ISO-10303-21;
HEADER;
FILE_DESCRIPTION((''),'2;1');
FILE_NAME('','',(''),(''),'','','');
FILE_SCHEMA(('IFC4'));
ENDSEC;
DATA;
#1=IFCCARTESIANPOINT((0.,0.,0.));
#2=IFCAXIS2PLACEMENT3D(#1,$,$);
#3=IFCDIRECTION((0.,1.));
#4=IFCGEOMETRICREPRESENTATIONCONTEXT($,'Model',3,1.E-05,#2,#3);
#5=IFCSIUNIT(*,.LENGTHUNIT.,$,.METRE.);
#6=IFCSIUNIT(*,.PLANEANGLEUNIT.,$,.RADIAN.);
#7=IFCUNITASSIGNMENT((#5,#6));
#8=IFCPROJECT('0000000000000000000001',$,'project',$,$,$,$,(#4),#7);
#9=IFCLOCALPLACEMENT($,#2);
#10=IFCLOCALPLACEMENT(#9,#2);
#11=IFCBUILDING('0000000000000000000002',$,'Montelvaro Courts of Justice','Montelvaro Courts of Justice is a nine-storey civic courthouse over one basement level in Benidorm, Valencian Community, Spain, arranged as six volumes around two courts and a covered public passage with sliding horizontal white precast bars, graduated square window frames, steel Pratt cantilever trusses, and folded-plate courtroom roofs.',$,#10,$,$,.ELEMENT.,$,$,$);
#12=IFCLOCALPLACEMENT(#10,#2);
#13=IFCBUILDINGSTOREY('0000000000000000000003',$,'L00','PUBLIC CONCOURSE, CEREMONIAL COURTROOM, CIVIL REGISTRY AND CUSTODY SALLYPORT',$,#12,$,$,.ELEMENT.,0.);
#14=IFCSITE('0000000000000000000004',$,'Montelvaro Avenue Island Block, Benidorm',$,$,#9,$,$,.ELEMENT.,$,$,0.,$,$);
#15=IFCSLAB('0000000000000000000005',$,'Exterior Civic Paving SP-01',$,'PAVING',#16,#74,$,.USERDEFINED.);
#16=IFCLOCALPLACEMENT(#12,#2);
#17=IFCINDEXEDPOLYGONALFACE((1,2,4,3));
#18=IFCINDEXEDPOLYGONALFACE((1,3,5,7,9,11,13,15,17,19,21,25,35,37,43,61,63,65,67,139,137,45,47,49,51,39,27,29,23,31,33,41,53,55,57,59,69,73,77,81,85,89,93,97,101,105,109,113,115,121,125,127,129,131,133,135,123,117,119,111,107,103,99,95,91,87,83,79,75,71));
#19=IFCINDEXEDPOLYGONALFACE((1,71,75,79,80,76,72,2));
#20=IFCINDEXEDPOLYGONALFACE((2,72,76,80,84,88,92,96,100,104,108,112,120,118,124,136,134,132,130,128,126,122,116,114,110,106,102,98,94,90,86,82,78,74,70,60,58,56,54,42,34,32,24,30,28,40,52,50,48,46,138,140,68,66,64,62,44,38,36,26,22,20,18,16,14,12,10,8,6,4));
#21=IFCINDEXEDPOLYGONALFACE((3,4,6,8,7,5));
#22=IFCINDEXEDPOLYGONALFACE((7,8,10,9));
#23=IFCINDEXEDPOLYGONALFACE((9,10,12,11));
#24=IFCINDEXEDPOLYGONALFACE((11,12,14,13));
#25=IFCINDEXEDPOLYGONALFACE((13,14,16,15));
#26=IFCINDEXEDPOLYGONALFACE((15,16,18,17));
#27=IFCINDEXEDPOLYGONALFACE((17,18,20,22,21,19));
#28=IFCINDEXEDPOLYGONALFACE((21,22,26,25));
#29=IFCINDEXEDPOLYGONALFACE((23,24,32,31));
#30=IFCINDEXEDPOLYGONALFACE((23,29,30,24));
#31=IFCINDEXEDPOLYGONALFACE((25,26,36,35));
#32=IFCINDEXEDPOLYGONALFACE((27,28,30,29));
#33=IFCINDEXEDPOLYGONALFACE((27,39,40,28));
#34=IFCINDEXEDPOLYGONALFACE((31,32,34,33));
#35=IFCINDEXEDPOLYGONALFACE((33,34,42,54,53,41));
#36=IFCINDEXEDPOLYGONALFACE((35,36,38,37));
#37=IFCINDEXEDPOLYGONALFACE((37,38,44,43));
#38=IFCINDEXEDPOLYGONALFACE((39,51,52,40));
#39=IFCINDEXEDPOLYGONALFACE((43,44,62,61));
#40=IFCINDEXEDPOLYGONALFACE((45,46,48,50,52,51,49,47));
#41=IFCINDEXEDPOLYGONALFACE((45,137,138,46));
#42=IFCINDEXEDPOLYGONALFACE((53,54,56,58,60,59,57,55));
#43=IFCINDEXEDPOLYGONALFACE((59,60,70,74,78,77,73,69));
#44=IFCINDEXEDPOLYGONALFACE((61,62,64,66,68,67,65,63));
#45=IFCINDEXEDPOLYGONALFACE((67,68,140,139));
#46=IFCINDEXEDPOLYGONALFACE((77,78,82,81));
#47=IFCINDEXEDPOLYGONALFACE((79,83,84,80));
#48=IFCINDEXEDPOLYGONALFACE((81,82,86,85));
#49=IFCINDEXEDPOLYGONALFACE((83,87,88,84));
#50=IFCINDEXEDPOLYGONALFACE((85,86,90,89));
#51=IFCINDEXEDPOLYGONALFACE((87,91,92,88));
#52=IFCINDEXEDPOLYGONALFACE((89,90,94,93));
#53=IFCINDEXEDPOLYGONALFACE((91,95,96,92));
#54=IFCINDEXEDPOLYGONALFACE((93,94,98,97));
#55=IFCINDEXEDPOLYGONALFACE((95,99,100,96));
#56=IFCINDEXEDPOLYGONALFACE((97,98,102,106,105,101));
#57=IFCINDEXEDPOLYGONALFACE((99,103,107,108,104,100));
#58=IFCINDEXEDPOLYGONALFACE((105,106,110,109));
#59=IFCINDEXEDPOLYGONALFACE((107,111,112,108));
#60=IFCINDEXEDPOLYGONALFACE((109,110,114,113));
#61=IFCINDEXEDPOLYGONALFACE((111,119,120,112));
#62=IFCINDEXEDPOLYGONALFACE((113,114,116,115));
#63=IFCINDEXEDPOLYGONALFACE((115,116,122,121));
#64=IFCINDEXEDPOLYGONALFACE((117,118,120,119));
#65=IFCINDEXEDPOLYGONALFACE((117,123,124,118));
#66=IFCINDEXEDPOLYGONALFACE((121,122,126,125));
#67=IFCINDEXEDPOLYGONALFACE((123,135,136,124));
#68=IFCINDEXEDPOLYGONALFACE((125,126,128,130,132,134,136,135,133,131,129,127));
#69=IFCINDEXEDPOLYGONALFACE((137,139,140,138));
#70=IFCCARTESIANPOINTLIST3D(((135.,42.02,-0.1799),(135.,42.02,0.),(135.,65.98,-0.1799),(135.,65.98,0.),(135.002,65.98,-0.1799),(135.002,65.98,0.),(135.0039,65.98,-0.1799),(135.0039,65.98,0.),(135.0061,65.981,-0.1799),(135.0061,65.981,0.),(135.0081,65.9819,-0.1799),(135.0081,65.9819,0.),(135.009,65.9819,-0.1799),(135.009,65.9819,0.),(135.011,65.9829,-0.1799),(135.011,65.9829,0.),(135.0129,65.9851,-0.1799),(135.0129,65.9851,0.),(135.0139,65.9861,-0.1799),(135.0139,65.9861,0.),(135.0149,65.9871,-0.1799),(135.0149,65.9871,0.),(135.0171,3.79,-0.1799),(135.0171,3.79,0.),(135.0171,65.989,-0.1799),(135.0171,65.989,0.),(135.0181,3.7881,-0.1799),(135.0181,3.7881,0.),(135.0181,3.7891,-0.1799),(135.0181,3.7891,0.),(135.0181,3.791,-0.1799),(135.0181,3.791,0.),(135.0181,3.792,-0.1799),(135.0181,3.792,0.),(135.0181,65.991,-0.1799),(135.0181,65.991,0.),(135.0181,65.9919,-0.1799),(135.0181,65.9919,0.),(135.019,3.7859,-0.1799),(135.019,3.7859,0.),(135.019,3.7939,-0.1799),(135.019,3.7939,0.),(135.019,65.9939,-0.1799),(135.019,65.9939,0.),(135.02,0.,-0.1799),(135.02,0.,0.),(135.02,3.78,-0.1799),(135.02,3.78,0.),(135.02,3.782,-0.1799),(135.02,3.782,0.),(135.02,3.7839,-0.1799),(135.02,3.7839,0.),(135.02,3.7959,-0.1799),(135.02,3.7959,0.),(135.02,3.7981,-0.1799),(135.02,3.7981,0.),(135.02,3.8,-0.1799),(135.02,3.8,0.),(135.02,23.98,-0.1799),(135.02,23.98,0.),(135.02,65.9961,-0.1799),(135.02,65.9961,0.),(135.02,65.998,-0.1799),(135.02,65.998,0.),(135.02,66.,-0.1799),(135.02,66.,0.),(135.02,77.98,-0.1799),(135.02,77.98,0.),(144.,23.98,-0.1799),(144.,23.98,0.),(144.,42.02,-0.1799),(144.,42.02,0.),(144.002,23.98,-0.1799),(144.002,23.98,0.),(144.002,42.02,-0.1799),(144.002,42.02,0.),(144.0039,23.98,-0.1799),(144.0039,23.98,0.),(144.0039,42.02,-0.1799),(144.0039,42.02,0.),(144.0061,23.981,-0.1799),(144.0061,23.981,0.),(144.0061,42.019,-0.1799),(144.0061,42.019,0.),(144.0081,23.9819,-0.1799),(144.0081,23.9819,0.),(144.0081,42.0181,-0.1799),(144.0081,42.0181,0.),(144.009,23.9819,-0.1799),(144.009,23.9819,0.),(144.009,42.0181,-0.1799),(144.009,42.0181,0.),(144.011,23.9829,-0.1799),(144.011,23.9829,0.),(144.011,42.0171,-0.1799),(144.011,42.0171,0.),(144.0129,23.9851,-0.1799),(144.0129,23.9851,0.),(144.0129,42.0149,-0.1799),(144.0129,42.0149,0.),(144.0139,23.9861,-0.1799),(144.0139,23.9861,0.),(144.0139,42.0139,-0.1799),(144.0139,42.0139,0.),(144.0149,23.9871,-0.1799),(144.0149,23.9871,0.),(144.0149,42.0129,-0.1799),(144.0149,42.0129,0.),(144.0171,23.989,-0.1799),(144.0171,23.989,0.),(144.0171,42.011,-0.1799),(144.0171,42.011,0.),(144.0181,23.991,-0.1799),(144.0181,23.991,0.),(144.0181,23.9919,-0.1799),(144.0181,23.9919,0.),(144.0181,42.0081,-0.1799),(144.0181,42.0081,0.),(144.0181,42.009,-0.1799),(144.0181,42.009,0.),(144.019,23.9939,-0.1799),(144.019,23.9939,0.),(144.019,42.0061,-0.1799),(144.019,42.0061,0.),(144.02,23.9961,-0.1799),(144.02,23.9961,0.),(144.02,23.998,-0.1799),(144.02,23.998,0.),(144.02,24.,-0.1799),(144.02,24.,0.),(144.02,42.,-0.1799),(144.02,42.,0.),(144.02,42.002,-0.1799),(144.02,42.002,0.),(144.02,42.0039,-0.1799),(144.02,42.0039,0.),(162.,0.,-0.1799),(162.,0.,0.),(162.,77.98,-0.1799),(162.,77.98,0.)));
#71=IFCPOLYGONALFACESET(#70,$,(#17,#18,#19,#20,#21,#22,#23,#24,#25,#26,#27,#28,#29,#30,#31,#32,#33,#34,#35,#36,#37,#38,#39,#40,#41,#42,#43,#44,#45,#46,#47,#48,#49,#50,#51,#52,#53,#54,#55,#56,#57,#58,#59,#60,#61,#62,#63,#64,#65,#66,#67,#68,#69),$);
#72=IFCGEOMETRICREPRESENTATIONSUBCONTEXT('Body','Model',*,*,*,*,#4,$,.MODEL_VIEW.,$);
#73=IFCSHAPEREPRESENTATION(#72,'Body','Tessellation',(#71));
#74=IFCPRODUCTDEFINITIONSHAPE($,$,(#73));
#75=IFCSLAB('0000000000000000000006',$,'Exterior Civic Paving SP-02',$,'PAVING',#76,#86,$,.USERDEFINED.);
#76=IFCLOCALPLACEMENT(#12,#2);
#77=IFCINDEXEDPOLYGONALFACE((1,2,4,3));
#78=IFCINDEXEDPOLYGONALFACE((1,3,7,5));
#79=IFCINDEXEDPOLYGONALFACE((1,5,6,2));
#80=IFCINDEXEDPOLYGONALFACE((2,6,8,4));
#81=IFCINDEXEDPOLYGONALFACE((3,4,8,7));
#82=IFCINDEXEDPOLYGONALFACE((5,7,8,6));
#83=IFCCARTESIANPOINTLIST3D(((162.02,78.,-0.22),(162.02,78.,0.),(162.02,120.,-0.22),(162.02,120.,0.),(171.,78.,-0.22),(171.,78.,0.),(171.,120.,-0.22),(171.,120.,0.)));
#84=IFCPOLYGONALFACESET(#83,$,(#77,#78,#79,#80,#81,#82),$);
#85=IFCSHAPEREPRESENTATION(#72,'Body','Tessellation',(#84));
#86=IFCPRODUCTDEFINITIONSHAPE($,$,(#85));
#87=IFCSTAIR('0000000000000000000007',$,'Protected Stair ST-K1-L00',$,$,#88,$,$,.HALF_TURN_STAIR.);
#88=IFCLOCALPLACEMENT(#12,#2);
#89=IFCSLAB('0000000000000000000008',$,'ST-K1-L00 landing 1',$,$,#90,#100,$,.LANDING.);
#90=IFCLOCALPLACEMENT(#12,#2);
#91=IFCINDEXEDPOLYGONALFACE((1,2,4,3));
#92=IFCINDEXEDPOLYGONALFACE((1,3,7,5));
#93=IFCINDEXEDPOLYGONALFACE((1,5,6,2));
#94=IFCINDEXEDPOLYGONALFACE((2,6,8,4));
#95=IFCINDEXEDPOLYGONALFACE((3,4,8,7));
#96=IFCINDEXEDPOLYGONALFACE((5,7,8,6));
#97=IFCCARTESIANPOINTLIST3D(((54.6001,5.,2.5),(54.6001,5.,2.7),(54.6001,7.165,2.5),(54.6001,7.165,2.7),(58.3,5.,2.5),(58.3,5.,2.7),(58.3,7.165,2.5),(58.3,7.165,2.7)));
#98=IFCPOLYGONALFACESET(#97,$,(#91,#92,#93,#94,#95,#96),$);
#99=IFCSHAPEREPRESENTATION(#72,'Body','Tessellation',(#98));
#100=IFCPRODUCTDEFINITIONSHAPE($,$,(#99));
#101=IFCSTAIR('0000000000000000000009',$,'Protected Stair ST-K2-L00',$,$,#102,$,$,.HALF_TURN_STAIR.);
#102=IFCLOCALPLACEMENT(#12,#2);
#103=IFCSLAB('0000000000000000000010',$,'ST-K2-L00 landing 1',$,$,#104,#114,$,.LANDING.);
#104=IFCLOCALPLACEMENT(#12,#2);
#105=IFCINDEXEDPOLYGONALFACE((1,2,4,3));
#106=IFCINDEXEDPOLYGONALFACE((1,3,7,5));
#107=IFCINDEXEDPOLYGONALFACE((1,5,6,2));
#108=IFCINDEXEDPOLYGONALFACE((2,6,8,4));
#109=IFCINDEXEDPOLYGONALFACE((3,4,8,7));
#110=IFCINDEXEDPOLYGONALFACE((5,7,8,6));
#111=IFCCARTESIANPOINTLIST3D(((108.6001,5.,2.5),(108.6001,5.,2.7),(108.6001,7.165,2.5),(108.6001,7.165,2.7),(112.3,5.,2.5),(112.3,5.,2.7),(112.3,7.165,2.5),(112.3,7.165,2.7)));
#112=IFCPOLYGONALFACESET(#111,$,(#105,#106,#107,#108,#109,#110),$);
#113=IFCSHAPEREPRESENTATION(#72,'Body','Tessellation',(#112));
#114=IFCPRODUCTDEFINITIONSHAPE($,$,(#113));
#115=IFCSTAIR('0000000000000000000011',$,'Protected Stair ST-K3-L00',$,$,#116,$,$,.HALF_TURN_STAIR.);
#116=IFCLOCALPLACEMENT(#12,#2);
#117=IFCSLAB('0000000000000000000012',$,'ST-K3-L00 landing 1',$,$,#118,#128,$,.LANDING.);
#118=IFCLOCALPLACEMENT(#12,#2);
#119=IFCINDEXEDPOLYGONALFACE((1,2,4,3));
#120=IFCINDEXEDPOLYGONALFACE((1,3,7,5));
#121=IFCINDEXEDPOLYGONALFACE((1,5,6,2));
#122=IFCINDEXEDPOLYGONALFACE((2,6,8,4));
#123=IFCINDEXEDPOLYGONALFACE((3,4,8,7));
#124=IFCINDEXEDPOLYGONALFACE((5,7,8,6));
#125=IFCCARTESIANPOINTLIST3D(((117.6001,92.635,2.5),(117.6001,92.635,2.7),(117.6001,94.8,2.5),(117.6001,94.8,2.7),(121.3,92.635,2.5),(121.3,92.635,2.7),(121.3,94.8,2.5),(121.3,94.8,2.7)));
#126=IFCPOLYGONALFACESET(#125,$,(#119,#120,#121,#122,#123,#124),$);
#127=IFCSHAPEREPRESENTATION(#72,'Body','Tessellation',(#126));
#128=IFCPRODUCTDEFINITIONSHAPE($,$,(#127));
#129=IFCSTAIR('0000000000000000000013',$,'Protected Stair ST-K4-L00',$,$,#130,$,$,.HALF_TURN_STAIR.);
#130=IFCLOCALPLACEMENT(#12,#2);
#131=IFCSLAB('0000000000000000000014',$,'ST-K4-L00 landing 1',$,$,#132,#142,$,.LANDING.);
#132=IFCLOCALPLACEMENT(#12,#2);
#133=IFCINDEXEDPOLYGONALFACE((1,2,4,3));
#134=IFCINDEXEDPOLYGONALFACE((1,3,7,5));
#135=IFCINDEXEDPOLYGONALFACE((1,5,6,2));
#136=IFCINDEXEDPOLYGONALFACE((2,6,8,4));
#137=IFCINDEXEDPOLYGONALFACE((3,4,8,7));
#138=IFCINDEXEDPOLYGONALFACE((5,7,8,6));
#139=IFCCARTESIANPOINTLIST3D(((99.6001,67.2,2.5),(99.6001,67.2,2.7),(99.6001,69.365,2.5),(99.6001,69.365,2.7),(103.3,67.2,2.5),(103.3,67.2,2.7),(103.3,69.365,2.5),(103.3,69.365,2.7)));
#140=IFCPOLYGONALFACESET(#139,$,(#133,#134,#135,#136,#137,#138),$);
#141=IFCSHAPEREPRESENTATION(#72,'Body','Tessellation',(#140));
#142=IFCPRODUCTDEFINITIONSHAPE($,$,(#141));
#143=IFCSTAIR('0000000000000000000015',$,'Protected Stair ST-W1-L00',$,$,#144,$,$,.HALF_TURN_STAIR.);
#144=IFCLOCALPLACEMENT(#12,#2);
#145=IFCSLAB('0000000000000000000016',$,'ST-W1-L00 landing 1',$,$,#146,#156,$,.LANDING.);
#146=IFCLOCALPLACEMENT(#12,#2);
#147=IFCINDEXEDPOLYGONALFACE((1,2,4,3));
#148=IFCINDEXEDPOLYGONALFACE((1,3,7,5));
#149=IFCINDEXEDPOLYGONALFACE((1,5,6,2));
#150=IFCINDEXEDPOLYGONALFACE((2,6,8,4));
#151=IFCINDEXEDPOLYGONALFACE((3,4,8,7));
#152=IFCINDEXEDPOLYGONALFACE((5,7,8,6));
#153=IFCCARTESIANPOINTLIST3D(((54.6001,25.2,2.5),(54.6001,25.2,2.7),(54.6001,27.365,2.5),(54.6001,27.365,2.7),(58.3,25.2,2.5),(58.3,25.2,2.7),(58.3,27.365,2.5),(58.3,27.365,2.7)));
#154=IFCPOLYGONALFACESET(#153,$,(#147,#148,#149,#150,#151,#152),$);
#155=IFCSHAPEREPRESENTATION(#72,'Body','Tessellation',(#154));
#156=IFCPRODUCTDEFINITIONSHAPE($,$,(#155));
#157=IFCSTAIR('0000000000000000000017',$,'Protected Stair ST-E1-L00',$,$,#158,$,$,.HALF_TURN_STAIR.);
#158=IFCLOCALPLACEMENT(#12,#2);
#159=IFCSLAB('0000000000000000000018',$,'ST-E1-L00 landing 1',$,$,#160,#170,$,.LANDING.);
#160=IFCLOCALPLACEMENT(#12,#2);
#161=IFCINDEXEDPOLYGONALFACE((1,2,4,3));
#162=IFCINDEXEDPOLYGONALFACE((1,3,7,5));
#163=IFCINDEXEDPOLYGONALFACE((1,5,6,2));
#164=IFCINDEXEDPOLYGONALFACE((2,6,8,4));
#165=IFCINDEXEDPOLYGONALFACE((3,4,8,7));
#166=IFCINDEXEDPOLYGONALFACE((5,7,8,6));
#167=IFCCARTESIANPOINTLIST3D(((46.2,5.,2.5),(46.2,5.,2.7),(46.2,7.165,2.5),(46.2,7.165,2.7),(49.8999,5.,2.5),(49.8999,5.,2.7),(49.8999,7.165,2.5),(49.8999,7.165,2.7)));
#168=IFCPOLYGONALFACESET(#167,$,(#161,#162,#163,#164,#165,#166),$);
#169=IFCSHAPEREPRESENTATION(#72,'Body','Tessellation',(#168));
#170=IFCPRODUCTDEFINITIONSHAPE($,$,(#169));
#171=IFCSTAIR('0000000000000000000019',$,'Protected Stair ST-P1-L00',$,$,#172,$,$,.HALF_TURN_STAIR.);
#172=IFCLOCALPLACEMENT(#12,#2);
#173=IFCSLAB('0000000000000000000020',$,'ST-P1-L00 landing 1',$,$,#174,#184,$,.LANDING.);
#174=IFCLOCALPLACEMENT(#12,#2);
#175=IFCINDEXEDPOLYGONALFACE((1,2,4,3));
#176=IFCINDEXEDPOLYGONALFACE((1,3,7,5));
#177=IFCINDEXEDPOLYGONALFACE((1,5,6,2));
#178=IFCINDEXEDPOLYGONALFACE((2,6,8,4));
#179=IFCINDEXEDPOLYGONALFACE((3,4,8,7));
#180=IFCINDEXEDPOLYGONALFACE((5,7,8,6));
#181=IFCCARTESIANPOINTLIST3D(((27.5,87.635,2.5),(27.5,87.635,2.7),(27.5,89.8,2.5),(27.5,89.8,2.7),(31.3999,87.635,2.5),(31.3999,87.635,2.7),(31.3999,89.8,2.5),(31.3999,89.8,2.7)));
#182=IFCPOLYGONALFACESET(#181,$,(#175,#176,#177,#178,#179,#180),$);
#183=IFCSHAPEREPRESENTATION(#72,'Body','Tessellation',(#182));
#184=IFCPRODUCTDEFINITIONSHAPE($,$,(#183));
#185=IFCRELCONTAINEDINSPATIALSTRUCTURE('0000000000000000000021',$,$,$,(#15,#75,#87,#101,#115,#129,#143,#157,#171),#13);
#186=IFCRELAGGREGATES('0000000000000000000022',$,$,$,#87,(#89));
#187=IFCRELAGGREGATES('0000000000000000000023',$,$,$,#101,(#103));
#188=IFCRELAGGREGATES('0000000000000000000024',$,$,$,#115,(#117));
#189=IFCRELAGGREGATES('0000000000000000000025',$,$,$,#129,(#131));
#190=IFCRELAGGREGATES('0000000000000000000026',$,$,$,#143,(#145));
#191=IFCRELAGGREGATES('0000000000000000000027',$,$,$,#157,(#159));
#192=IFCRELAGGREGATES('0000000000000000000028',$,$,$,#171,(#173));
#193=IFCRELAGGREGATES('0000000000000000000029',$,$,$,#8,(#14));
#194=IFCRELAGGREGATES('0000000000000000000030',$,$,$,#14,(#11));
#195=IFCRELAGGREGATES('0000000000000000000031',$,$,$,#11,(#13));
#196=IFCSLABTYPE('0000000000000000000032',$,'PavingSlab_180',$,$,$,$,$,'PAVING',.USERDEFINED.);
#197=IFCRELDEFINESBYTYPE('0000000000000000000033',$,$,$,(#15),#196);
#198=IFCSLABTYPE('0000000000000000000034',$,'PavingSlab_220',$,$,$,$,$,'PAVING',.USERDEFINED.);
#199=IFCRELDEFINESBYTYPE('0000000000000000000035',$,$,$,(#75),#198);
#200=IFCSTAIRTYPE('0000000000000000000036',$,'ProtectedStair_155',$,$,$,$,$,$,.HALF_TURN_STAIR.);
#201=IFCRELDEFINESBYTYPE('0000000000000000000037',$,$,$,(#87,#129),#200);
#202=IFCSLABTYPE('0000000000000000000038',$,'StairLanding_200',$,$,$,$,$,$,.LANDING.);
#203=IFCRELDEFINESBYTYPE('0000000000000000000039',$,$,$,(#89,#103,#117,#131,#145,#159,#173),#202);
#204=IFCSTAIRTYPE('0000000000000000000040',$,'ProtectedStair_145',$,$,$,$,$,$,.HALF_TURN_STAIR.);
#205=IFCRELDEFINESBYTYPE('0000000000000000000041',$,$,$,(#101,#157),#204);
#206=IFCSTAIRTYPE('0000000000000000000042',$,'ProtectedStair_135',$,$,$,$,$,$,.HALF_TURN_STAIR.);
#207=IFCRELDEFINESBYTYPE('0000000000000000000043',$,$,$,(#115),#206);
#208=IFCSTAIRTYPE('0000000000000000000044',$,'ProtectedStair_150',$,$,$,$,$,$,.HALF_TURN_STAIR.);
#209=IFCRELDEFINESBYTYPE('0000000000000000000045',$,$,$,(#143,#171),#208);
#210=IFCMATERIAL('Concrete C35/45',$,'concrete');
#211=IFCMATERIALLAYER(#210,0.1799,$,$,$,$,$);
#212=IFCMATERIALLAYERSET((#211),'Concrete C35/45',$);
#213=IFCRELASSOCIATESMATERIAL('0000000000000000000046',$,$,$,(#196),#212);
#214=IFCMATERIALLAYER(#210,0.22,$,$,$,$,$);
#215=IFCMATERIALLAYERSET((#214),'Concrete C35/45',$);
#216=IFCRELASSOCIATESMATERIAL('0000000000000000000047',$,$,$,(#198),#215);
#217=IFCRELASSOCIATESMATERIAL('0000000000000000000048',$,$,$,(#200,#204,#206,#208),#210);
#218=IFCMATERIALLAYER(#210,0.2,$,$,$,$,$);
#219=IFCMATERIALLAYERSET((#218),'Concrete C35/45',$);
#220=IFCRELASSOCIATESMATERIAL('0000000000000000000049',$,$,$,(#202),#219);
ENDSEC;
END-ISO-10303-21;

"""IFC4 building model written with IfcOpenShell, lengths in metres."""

from ifc_helpers import new_model, si_unit, direction, frame, origin, place, context, subcontext, project, spatial, polyline, outline, extrude, material, layer, layer_set, type_object, element, aggregate, save


model = new_model("IFC4")

# Units and contexts
model_context = context("Model", 3, precision=1e-05, world=origin(), true_north=direction((0.0, 1.0)))
body_context = subcontext(model_context, "Body", "Model", "MODEL_VIEW")
ifc_project = project(units=[si_unit("LENGTHUNIT", "METRE"), si_unit("PLANEANGLEUNIT", "RADIAN")], contexts=[model_context])

# Site, building, storey
site_placement = place(None, origin())
site = spatial("IfcSite", under=ifc_project, at=site_placement, Name="Montelvaro Avenue Island Block, Benidorm", CompositionType="ELEMENT", RefElevation=0.0)
building_placement = place(site_placement, origin())
building = spatial("IfcBuilding", under=site, at=building_placement, Name="Montelvaro Courts of Justice", Description="Montelvaro Courts of Justice is a nine-storey civic courthouse over one basement level in Benidorm, Valencian Community, Spain, arranged as six volumes around two courts and a covered public passage with sliding horizontal white precast bars, graduated square window frames, steel Pratt cantilever trusses, and folded-plate courtroom roofs.", CompositionType="ELEMENT")
storey_placement = place(building_placement, origin())
storey = spatial("IfcBuildingStorey", under=building, at=storey_placement, Name="L00", Description="PUBLIC CONCOURSE, CEREMONIAL COURTROOM, CIVIL REGISTRY AND CUSTODY SALLYPORT", CompositionType="ELEMENT", Elevation=0.0)

# Slabs
ifc_material_1 = material(Name="Concrete C35/45", Category="concrete")
ifc_layer_1 = layer(ifc_material_1, 0.1799)
ifc_layer_set_1 = layer_set([ifc_layer_1], Name="Concrete C35/45")
slab_type_1 = type_object("IfcSlabType", Name="PavingSlab_180", ElementType="PAVING", PredefinedType="USERDEFINED", material=ifc_layer_set_1)
slab_1_placement = place(storey_placement, frame((0.0, 0.0, -0.1799)))
element("IfcSlab", 1, at=slab_1_placement, inside=storey, type_object=slab_type_1, Name="Exterior Civic Paving SP-01", ObjectType="PAVING", PredefinedType="USERDEFINED", context=body_context, shape_type="SweptSolid", body=[
    extrude(outline(polyline([(162.0, 0.0), (135.02, 0.0), (135.02, 3.78), (135.02, 3.782), (135.02, 3.7839), (135.019, 3.7859), (135.0181, 3.7881), (135.0181, 3.7891), (135.0171, 3.79), (135.0181, 3.791), (135.0181, 3.792), (135.019, 3.7939), (135.02, 3.7959), (135.02, 3.7981), (135.02, 3.8), (135.02, 23.98), (144.0, 23.98), (144.002, 23.98), (144.0039, 23.98), (144.0061, 23.981), (144.0081, 23.9819), (144.009, 23.9819), (144.011, 23.9829), (144.0129, 23.9851), (144.0139, 23.9861), (144.0149, 23.9871), (144.0171, 23.989), (144.0181, 23.991), (144.0181, 23.9919), (144.019, 23.9939), (144.02, 23.9961), (144.02, 23.998), (144.02, 24.0), (144.02, 42.0), (144.02, 42.002), (144.02, 42.0039), (144.019, 42.0061), (144.0181, 42.0081), (144.0181, 42.009), (144.0171, 42.011), (144.0149, 42.0129), (144.0139, 42.0139), (144.0129, 42.0149), (144.011, 42.0171), (144.009, 42.0181), (144.0081, 42.0181), (144.0061, 42.019), (144.0039, 42.02), (144.002, 42.02), (144.0, 42.02), (135.0, 42.02), (135.0, 65.98), (135.002, 65.98), (135.0039, 65.98), (135.0061, 65.981), (135.0081, 65.9819), (135.009, 65.9819), (135.011, 65.9829), (135.0129, 65.9851), (135.0139, 65.9861), (135.0149, 65.9871), (135.0171, 65.989), (135.0181, 65.991), (135.0181, 65.9919), (135.019, 65.9939), (135.02, 65.9961), (135.02, 65.998), (135.02, 66.0), (135.02, 77.98), (162.0, 77.98), (162.0, 0.0)])), origin(), (0.0, 0.0, 1.0), 0.1799),
])
ifc_layer_2 = layer(ifc_material_1, 0.22)
ifc_layer_set_2 = layer_set([ifc_layer_2], Name="Concrete C35/45")
slab_type_2 = type_object("IfcSlabType", Name="PavingSlab_220", ElementType="PAVING", PredefinedType="USERDEFINED", material=ifc_layer_set_2)
slab_2_placement = place(storey_placement, frame((0.0, 0.0, -0.22)))
element("IfcSlab", 2, at=slab_2_placement, inside=storey, type_object=slab_type_2, Name="Exterior Civic Paving SP-02", ObjectType="PAVING", PredefinedType="USERDEFINED", context=body_context, shape_type="SweptSolid", body=[
    extrude(outline(polyline([(171.0, 120.0), (171.0, 78.0), (162.02, 78.0), (162.02, 120.0), (171.0, 120.0)])), origin(), (0.0, 0.0, 1.0), 0.22),
])

# Stairs, slabs
stair_type_1 = type_object("IfcStairType", Name="ProtectedStair_155", PredefinedType="HALF_TURN_STAIR", material=ifc_material_1)
stair_1_placement = place(storey_placement, origin())
stair_1 = element("IfcStair", 3, at=stair_1_placement, inside=storey, type_object=stair_type_1, Name="Protected Stair ST-K1-L00", PredefinedType="HALF_TURN_STAIR")
ifc_layer_3 = layer(ifc_material_1, 0.2)
ifc_layer_set_3 = layer_set([ifc_layer_3], Name="Concrete C35/45")
slab_type_3 = type_object("IfcSlabType", Name="StairLanding_200", PredefinedType="LANDING", material=ifc_layer_set_3)
slab_3_placement = place(storey_placement, frame((0.0, 0.0, 2.5)))
slab_3 = element("IfcSlab", 4, at=slab_3_placement, type_object=slab_type_3, Name="ST-K1-L00 landing 1", PredefinedType="LANDING", context=body_context, shape_type="SweptSolid", body=[
    extrude(outline(polyline([(54.6001, 5.0), (58.3, 5.0), (58.3, 7.165), (54.6001, 7.165), (54.6001, 5.0)])), origin(), (0.0, 0.0, 1.0), 0.2),
])
aggregate(stair_1, [slab_3])
stair_type_2 = type_object("IfcStairType", Name="ProtectedStair_145", PredefinedType="HALF_TURN_STAIR", material=ifc_material_1)
stair_2_placement = place(storey_placement, origin())
stair_2 = element("IfcStair", 5, at=stair_2_placement, inside=storey, type_object=stair_type_2, Name="Protected Stair ST-K2-L00", PredefinedType="HALF_TURN_STAIR")
slab_4_placement = place(storey_placement, frame((0.0, 0.0, 2.5)))
slab_4 = element("IfcSlab", 6, at=slab_4_placement, type_object=slab_type_3, Name="ST-K2-L00 landing 1", PredefinedType="LANDING", context=body_context, shape_type="SweptSolid", body=[
    extrude(outline(polyline([(108.6001, 5.0), (112.3, 5.0), (112.3, 7.165), (108.6001, 7.165), (108.6001, 5.0)])), origin(), (0.0, 0.0, 1.0), 0.2),
])
aggregate(stair_2, [slab_4])
stair_type_3 = type_object("IfcStairType", Name="ProtectedStair_135", PredefinedType="HALF_TURN_STAIR", material=ifc_material_1)
stair_3_placement = place(storey_placement, origin())
stair_3 = element("IfcStair", 7, at=stair_3_placement, inside=storey, type_object=stair_type_3, Name="Protected Stair ST-K3-L00", PredefinedType="HALF_TURN_STAIR")
slab_5_placement = place(storey_placement, frame((0.0, 0.0, 2.5)))
slab_5 = element("IfcSlab", 8, at=slab_5_placement, type_object=slab_type_3, Name="ST-K3-L00 landing 1", PredefinedType="LANDING", context=body_context, shape_type="SweptSolid", body=[
    extrude(outline(polyline([(117.6001, 92.635), (121.3, 92.635), (121.3, 94.8), (117.6001, 94.8), (117.6001, 92.635)])), origin(), (0.0, 0.0, 1.0), 0.2),
])
aggregate(stair_3, [slab_5])
stair_4_placement = place(storey_placement, origin())
stair_4 = element("IfcStair", 9, at=stair_4_placement, inside=storey, type_object=stair_type_1, Name="Protected Stair ST-K4-L00", PredefinedType="HALF_TURN_STAIR")
slab_6_placement = place(storey_placement, frame((0.0, 0.0, 2.5)))
slab_6 = element("IfcSlab", 10, at=slab_6_placement, type_object=slab_type_3, Name="ST-K4-L00 landing 1", PredefinedType="LANDING", context=body_context, shape_type="SweptSolid", body=[
    extrude(outline(polyline([(99.6001, 67.2), (103.3, 67.2), (103.3, 69.365), (99.6001, 69.365), (99.6001, 67.2)])), origin(), (0.0, 0.0, 1.0), 0.2),
])
aggregate(stair_4, [slab_6])
stair_type_4 = type_object("IfcStairType", Name="ProtectedStair_150", PredefinedType="HALF_TURN_STAIR", material=ifc_material_1)
stair_5_placement = place(storey_placement, origin())
stair_5 = element("IfcStair", 11, at=stair_5_placement, inside=storey, type_object=stair_type_4, Name="Protected Stair ST-W1-L00", PredefinedType="HALF_TURN_STAIR")
slab_7_placement = place(storey_placement, frame((0.0, 0.0, 2.5)))
slab_7 = element("IfcSlab", 12, at=slab_7_placement, type_object=slab_type_3, Name="ST-W1-L00 landing 1", PredefinedType="LANDING", context=body_context, shape_type="SweptSolid", body=[
    extrude(outline(polyline([(54.6001, 25.2), (58.3, 25.2), (58.3, 27.365), (54.6001, 27.365), (54.6001, 25.2)])), origin(), (0.0, 0.0, 1.0), 0.2),
])
aggregate(stair_5, [slab_7])
stair_6_placement = place(storey_placement, origin())
stair_6 = element("IfcStair", 13, at=stair_6_placement, inside=storey, type_object=stair_type_2, Name="Protected Stair ST-E1-L00", PredefinedType="HALF_TURN_STAIR")
slab_8_placement = place(storey_placement, frame((0.0, 0.0, 2.5)))
slab_8 = element("IfcSlab", 14, at=slab_8_placement, type_object=slab_type_3, Name="ST-E1-L00 landing 1", PredefinedType="LANDING", context=body_context, shape_type="SweptSolid", body=[
    extrude(outline(polyline([(46.2, 5.0), (49.8999, 5.0), (49.8999, 7.165), (46.2, 7.165), (46.2, 5.0)])), origin(), (0.0, 0.0, 1.0), 0.2),
])
aggregate(stair_6, [slab_8])
stair_7_placement = place(storey_placement, origin())
stair_7 = element("IfcStair", 15, at=stair_7_placement, inside=storey, type_object=stair_type_4, Name="Protected Stair ST-P1-L00", PredefinedType="HALF_TURN_STAIR")
slab_9_placement = place(storey_placement, frame((0.0, 0.0, 2.5)))
slab_9 = element("IfcSlab", 16, at=slab_9_placement, type_object=slab_type_3, Name="ST-P1-L00 landing 1", PredefinedType="LANDING", context=body_context, shape_type="SweptSolid", body=[
    extrude(outline(polyline([(27.5, 87.635), (31.3999, 87.635), (31.3999, 89.8), (27.5, 89.8), (27.5, 87.635)])), origin(), (0.0, 0.0, 1.0), 0.2),
])
aggregate(stair_7, [slab_9])

save(model, "model.ifc")
